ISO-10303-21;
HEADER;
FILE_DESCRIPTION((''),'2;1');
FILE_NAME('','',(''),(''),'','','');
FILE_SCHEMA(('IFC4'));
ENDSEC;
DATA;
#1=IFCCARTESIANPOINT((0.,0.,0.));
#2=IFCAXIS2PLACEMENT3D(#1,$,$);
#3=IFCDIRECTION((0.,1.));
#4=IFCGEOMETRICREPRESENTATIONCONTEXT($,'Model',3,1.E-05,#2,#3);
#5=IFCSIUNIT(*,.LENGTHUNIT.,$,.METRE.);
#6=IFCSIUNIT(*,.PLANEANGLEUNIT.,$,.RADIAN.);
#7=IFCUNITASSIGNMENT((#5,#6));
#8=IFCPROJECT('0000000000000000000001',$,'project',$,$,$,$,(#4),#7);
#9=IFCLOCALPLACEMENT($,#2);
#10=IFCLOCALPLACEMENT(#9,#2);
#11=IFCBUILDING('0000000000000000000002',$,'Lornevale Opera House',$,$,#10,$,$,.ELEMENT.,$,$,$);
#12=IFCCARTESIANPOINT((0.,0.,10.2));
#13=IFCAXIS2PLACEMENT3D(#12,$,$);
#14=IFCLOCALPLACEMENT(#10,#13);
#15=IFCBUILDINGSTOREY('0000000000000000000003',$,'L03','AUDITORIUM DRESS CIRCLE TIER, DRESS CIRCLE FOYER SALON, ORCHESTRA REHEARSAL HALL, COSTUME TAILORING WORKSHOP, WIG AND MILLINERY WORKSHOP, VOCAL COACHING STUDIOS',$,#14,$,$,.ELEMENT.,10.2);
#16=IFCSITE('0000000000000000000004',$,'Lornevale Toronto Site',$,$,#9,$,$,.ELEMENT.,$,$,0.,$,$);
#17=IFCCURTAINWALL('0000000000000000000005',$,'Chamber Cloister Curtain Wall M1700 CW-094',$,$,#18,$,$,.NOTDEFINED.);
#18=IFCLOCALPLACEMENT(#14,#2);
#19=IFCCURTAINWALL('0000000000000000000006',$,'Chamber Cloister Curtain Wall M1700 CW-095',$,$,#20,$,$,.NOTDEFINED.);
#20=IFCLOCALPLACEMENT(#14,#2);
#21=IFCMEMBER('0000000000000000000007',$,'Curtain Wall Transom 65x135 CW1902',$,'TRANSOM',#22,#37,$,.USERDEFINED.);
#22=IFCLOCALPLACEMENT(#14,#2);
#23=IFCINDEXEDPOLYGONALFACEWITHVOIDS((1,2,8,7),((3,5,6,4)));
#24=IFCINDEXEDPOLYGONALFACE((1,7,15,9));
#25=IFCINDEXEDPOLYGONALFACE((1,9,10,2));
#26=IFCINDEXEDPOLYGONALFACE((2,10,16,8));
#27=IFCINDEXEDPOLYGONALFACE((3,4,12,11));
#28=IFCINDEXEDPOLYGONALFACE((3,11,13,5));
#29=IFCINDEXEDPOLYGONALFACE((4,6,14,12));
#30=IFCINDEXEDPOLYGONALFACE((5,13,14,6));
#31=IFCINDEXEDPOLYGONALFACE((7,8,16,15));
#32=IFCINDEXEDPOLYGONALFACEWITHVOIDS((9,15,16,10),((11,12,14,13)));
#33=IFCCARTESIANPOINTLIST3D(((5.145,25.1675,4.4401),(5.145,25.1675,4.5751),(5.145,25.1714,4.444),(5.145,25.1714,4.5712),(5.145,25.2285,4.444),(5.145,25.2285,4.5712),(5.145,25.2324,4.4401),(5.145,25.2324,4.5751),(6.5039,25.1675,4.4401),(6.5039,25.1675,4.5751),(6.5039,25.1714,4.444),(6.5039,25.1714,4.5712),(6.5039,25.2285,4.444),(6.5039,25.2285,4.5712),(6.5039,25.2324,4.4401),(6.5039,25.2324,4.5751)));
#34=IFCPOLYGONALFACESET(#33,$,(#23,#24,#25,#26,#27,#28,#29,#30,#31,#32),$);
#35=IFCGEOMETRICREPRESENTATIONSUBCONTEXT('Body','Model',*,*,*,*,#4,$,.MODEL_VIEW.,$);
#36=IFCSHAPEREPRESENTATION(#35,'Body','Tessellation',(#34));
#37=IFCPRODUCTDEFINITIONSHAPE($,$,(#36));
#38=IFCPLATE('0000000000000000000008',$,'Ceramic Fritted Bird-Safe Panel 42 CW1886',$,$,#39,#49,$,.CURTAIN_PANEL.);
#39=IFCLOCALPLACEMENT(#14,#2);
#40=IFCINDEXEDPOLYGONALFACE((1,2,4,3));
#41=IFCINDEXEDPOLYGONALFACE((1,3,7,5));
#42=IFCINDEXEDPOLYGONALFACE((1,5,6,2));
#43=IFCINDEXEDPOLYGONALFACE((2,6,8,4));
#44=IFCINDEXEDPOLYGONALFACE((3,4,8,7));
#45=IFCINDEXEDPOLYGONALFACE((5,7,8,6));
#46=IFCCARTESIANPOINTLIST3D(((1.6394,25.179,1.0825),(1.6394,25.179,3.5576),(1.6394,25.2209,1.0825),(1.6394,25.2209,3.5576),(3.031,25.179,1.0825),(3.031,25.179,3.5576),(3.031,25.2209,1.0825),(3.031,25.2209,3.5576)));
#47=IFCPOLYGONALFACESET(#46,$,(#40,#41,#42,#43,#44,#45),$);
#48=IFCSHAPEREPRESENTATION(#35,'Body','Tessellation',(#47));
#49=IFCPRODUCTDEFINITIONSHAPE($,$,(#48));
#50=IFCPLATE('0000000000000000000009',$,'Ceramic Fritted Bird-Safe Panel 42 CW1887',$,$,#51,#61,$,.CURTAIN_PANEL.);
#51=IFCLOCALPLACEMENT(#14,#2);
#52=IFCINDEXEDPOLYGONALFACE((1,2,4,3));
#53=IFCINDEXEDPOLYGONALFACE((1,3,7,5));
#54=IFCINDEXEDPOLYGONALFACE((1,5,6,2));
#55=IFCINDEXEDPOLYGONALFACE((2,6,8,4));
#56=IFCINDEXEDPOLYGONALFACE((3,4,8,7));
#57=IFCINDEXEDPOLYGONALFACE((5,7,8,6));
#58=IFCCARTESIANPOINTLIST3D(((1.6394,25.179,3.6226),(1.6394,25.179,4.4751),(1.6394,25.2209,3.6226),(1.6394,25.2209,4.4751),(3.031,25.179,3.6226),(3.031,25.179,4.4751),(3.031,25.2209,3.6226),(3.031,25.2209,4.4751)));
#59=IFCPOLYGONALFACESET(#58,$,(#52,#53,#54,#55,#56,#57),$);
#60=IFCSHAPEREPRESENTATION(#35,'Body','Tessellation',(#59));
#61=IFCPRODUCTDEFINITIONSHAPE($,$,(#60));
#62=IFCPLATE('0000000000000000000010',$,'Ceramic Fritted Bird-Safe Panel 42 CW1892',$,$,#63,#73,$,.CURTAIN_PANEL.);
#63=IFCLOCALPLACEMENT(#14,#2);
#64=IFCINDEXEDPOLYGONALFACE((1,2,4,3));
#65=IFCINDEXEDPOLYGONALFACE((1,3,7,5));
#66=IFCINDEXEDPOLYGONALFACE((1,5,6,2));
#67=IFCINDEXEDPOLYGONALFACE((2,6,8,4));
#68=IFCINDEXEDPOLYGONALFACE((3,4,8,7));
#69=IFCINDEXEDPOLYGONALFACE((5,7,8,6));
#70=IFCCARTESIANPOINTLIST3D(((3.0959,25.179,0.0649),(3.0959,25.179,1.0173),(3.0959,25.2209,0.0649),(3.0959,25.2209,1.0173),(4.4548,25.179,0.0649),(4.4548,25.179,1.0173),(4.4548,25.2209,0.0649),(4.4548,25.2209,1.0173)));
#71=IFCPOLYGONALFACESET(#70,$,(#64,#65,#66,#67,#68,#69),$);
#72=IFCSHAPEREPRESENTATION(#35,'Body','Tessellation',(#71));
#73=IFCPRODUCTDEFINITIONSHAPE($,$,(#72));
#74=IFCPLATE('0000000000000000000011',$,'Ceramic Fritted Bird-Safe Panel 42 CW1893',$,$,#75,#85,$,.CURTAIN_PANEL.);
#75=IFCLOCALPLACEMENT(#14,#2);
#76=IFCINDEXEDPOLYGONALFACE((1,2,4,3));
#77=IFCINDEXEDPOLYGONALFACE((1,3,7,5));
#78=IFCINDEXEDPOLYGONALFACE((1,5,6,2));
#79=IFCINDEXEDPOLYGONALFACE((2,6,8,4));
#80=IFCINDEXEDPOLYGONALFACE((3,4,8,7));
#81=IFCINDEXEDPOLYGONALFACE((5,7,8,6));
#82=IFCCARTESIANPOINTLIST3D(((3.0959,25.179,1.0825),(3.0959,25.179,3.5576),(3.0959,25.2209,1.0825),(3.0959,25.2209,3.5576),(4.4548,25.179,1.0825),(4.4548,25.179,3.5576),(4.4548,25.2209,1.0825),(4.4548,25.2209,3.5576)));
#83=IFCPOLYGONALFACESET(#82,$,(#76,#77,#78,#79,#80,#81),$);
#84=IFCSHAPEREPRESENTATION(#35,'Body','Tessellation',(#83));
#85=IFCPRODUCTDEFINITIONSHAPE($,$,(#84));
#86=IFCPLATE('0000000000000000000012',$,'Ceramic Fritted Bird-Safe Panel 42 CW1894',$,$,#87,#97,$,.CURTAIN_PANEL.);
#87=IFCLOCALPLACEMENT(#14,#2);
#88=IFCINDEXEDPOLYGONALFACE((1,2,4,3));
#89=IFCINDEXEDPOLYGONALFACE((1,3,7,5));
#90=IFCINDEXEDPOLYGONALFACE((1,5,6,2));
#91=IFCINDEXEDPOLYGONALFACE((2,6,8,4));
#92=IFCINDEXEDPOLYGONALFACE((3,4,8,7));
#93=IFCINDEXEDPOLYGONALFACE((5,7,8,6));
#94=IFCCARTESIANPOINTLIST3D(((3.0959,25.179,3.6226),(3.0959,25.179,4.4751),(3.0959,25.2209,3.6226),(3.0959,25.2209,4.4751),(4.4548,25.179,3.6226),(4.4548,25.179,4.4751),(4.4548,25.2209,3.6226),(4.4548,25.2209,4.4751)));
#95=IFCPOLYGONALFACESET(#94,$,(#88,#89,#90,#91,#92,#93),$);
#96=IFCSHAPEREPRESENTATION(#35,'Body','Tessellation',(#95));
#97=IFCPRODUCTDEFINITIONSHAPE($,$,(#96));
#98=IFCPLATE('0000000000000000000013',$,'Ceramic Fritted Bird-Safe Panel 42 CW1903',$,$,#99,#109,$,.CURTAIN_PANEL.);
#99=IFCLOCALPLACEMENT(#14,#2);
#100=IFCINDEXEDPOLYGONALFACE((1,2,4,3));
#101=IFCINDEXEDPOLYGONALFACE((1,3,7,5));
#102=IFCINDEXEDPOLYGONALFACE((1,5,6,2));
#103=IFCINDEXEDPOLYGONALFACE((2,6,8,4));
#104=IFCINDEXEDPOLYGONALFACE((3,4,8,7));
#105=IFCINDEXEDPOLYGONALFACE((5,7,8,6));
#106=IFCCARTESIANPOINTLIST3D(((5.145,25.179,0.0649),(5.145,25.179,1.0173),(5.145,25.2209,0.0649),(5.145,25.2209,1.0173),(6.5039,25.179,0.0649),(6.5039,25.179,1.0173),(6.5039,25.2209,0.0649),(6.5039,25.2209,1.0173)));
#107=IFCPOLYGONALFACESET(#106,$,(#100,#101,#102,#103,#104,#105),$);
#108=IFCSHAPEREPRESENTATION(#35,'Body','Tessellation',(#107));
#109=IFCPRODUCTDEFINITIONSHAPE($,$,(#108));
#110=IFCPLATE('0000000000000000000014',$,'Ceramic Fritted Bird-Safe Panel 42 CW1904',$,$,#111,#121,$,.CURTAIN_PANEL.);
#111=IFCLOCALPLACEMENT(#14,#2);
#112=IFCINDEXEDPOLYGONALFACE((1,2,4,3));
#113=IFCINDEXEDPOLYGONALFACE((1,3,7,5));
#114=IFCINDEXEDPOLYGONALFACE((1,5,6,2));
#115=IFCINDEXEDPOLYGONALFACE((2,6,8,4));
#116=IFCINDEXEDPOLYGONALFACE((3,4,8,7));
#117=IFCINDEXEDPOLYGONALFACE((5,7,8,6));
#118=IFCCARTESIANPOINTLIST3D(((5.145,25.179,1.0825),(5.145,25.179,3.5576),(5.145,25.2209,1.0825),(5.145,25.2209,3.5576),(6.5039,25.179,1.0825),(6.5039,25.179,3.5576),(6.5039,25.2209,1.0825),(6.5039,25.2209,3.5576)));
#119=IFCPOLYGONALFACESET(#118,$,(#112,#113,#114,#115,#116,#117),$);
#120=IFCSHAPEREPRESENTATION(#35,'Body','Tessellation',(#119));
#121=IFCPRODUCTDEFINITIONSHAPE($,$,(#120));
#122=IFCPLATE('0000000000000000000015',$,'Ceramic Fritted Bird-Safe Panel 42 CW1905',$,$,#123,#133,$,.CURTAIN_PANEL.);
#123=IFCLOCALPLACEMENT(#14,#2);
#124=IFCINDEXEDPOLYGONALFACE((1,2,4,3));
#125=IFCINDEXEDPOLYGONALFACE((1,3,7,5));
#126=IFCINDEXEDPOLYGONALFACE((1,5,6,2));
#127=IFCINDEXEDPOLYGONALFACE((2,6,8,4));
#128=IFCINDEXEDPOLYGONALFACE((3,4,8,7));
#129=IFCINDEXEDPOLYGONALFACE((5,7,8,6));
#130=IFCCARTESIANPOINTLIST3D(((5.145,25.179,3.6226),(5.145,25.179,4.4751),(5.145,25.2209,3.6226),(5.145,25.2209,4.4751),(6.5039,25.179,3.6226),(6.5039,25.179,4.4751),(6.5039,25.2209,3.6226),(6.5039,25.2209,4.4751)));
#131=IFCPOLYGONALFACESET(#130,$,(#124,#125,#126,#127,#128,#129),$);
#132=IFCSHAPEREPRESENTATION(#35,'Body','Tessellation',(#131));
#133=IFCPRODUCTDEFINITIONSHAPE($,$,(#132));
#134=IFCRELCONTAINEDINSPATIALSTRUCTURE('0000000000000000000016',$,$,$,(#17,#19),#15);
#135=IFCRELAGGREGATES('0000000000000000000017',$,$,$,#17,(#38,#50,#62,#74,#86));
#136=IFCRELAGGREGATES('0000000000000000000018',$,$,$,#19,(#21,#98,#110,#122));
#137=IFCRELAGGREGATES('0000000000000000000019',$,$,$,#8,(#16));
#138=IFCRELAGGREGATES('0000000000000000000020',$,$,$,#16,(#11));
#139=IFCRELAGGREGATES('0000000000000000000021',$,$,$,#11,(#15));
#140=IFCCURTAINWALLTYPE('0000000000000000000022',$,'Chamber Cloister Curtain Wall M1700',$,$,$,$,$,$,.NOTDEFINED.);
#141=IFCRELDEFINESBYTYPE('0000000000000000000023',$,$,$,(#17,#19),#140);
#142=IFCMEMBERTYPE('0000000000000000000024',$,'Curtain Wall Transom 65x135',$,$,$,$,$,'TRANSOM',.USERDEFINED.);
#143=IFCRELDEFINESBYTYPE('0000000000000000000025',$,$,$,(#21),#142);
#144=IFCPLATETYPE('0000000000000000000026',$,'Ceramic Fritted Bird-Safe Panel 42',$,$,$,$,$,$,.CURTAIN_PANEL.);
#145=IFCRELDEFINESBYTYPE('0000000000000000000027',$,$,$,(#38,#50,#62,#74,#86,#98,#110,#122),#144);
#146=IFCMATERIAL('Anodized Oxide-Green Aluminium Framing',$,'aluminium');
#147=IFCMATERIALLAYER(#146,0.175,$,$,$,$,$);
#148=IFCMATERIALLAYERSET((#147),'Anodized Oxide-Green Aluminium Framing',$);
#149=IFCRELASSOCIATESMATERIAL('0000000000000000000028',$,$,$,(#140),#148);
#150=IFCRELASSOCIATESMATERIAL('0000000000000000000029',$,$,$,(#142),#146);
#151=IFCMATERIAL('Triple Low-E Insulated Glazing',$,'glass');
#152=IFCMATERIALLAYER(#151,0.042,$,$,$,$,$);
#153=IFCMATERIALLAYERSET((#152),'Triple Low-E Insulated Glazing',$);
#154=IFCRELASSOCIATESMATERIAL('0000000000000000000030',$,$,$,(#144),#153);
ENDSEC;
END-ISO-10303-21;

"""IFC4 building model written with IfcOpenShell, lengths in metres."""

from ifc_helpers import new_model, si_unit, direction, frame, origin, origin_2d, place, context, subcontext, project, spatial, rectangle, hollow_rectangle, extrude, material, layer, layer_set, material_profile, profile_set, type_object, element, aggregate, save


model = new_model("IFC4")

# Units and contexts
model_context = context("Model", 3, precision=1e-05, world=origin(), true_north=direction((0.0, 1.0)))
body_context = subcontext(model_context, "Body", "Model", "MODEL_VIEW")
ifc_project = project(units=[si_unit("LENGTHUNIT", "METRE"), si_unit("PLANEANGLEUNIT", "RADIAN")], contexts=[model_context])

# Site, building, storey
site_placement = place(None, origin())
site = spatial("IfcSite", under=ifc_project, at=site_placement, Name="Lornevale Toronto Site", CompositionType="ELEMENT", RefElevation=0.0)
building_placement = place(site_placement, origin())
building = spatial("IfcBuilding", under=site, at=building_placement, Name="Lornevale Opera House", CompositionType="ELEMENT")
storey_placement = place(building_placement, frame((0.0, 0.0, 10.2)))
storey = spatial("IfcBuildingStorey", under=building, at=storey_placement, Name="L03", Description="AUDITORIUM DRESS CIRCLE TIER, DRESS CIRCLE FOYER SALON, ORCHESTRA REHEARSAL HALL, COSTUME TAILORING WORKSHOP, WIG AND MILLINERY WORKSHOP, VOCAL COACHING STUDIOS", CompositionType="ELEMENT", Elevation=10.2)

# Curtain walls
ifc_material_1 = material(Name="Anodized Oxide-Green Aluminium Framing", Category="aluminium")
ifc_layer_1 = layer(ifc_material_1, 0.175)
ifc_layer_set_1 = layer_set([ifc_layer_1], Name="Anodized Oxide-Green Aluminium Framing")
curtain_wall_type = type_object("IfcCurtainWallType", Name="Chamber Cloister Curtain Wall M1700", PredefinedType="NOTDEFINED", material=ifc_layer_set_1)
curtain_wall_1_placement = place(storey_placement, origin())
curtain_wall_1 = element("IfcCurtainWall", 1, at=curtain_wall_1_placement, inside=storey, type_object=curtain_wall_type, Name="Chamber Cloister Curtain Wall M1700 CW-094", PredefinedType="NOTDEFINED")
curtain_wall_2_placement = place(storey_placement, origin())
curtain_wall_2 = element("IfcCurtainWall", 2, at=curtain_wall_2_placement, inside=storey, type_object=curtain_wall_type, Name="Chamber Cloister Curtain Wall M1700 CW-095", PredefinedType="NOTDEFINED")

# Member
ifc_material_profile_1 = material_profile(ifc_material_1, hollow_rectangle(XDim=0.0649, YDim=0.135, WallThickness=0.0039, at=origin_2d()), Name="ALU65x135x4")
ifc_profile_set_1 = profile_set([ifc_material_profile_1], Name="Anodized Oxide-Green Aluminium Framing")
member_type_1 = type_object("IfcMemberType", Name="Curtain Wall Transom 65x135", ElementType="TRANSOM", PredefinedType="USERDEFINED", material=ifc_profile_set_1)
member_1_placement = place(storey_placement, frame((5.145, 25.2, 4.5076), z_axis=(1.0, 0.0, 0.0), x_axis=(0.0, 1.0, 0.0)))
member_1 = element("IfcMember", 3, at=member_1_placement, type_object=member_type_1, Name="Curtain Wall Transom 65x135 CW1902", ObjectType="TRANSOM", PredefinedType="USERDEFINED", context=body_context, shape_type="SweptSolid", body=[
    extrude(hollow_rectangle(XDim=0.0649, YDim=0.135, WallThickness=0.0039, at=origin_2d()), origin(), (0.0, 0.0, 1.0), 1.3589),
])

# Plates
ifc_material_2 = material(Name="Triple Low-E Insulated Glazing", Category="glass")
ifc_layer_2 = layer(ifc_material_2, 0.042)
ifc_layer_set_2 = layer_set([ifc_layer_2], Name="Triple Low-E Insulated Glazing")
plate_type = type_object("IfcPlateType", Name="Ceramic Fritted Bird-Safe Panel 42", PredefinedType="CURTAIN_PANEL", material=ifc_layer_set_2)
plate_1_placement = place(storey_placement, frame((2.3352, 25.2, 1.0825), z_axis=(0.0, 0.0, 1.0), x_axis=(1.0, 0.0, 0.0)))
plate_1 = element("IfcPlate", 4, at=plate_1_placement, type_object=plate_type, Name="Ceramic Fritted Bird-Safe Panel 42 CW1886", PredefinedType="CURTAIN_PANEL", context=body_context, shape_type="SweptSolid", body=[
    extrude(rectangle(XDim=1.3916, YDim=0.042, at=origin_2d()), origin(), (0.0, 0.0, 1.0), 2.4751),
])
plate_2_placement = place(storey_placement, frame((2.3352, 25.2, 3.6226), z_axis=(0.0, 0.0, 1.0), x_axis=(1.0, 0.0, 0.0)))
plate_2 = element("IfcPlate", 5, at=plate_2_placement, type_object=plate_type, Name="Ceramic Fritted Bird-Safe Panel 42 CW1887", PredefinedType="CURTAIN_PANEL", context=body_context, shape_type="SweptSolid", body=[
    extrude(rectangle(XDim=1.3916, YDim=0.042, at=origin_2d()), origin(), (0.0, 0.0, 1.0), 0.8525),
])
plate_3_placement = place(storey_placement, frame((3.7754, 25.2, 0.0649), z_axis=(0.0, 0.0, 1.0), x_axis=(1.0, 0.0, 0.0)))
plate_3 = element("IfcPlate", 6, at=plate_3_placement, type_object=plate_type, Name="Ceramic Fritted Bird-Safe Panel 42 CW1892", PredefinedType="CURTAIN_PANEL", context=body_context, shape_type="SweptSolid", body=[
    extrude(rectangle(XDim=1.3589, YDim=0.042, at=origin_2d()), origin(), (0.0, 0.0, 1.0), 0.9524),
])
plate_4_placement = place(storey_placement, frame((3.7754, 25.2, 1.0825), z_axis=(0.0, 0.0, 1.0), x_axis=(1.0, 0.0, 0.0)))
plate_4 = element("IfcPlate", 7, at=plate_4_placement, type_object=plate_type, Name="Ceramic Fritted Bird-Safe Panel 42 CW1893", PredefinedType="CURTAIN_PANEL", context=body_context, shape_type="SweptSolid", body=[
    extrude(rectangle(XDim=1.3589, YDim=0.042, at=origin_2d()), origin(), (0.0, 0.0, 1.0), 2.4751),
])
plate_5_placement = place(storey_placement, frame((3.7754, 25.2, 3.6226), z_axis=(0.0, 0.0, 1.0), x_axis=(1.0, 0.0, 0.0)))
plate_5 = element("IfcPlate", 8, at=plate_5_placement, type_object=plate_type, Name="Ceramic Fritted Bird-Safe Panel 42 CW1894", PredefinedType="CURTAIN_PANEL", context=body_context, shape_type="SweptSolid", body=[
    extrude(rectangle(XDim=1.3589, YDim=0.042, at=origin_2d()), origin(), (0.0, 0.0, 1.0), 0.8525),
])
aggregate(curtain_wall_1, [plate_1, plate_2, plate_3, plate_4, plate_5])
plate_6_placement = place(storey_placement, frame((5.8245, 25.2, 0.0649), z_axis=(0.0, 0.0, 1.0), x_axis=(1.0, 0.0, 0.0)))
plate_6 = element("IfcPlate", 9, at=plate_6_placement, type_object=plate_type, Name="Ceramic Fritted Bird-Safe Panel 42 CW1903", PredefinedType="CURTAIN_PANEL", context=body_context, shape_type="SweptSolid", body=[
    extrude(rectangle(XDim=1.3589, YDim=0.042, at=origin_2d()), origin(), (0.0, 0.0, 1.0), 0.9524),
])
plate_7_placement = place(storey_placement, frame((5.8245, 25.2, 1.0825), z_axis=(0.0, 0.0, 1.0), x_axis=(1.0, 0.0, 0.0)))
plate_7 = element("IfcPlate", 10, at=plate_7_placement, type_object=plate_type, Name="Ceramic Fritted Bird-Safe Panel 42 CW1904", PredefinedType="CURTAIN_PANEL", context=body_context, shape_type="SweptSolid", body=[
    extrude(rectangle(XDim=1.3589, YDim=0.042, at=origin_2d()), origin(), (0.0, 0.0, 1.0), 2.4751),
])
plate_8_placement = place(storey_placement, frame((5.8245, 25.2, 3.6226), z_axis=(0.0, 0.0, 1.0), x_axis=(1.0, 0.0, 0.0)))
plate_8 = element("IfcPlate", 11, at=plate_8_placement, type_object=plate_type, Name="Ceramic Fritted Bird-Safe Panel 42 CW1905", PredefinedType="CURTAIN_PANEL", context=body_context, shape_type="SweptSolid", body=[
    extrude(rectangle(XDim=1.3589, YDim=0.042, at=origin_2d()), origin(), (0.0, 0.0, 1.0), 0.8525),
])
aggregate(curtain_wall_2, [member_1, plate_6, plate_7, plate_8])

save(model, "model.ifc")
